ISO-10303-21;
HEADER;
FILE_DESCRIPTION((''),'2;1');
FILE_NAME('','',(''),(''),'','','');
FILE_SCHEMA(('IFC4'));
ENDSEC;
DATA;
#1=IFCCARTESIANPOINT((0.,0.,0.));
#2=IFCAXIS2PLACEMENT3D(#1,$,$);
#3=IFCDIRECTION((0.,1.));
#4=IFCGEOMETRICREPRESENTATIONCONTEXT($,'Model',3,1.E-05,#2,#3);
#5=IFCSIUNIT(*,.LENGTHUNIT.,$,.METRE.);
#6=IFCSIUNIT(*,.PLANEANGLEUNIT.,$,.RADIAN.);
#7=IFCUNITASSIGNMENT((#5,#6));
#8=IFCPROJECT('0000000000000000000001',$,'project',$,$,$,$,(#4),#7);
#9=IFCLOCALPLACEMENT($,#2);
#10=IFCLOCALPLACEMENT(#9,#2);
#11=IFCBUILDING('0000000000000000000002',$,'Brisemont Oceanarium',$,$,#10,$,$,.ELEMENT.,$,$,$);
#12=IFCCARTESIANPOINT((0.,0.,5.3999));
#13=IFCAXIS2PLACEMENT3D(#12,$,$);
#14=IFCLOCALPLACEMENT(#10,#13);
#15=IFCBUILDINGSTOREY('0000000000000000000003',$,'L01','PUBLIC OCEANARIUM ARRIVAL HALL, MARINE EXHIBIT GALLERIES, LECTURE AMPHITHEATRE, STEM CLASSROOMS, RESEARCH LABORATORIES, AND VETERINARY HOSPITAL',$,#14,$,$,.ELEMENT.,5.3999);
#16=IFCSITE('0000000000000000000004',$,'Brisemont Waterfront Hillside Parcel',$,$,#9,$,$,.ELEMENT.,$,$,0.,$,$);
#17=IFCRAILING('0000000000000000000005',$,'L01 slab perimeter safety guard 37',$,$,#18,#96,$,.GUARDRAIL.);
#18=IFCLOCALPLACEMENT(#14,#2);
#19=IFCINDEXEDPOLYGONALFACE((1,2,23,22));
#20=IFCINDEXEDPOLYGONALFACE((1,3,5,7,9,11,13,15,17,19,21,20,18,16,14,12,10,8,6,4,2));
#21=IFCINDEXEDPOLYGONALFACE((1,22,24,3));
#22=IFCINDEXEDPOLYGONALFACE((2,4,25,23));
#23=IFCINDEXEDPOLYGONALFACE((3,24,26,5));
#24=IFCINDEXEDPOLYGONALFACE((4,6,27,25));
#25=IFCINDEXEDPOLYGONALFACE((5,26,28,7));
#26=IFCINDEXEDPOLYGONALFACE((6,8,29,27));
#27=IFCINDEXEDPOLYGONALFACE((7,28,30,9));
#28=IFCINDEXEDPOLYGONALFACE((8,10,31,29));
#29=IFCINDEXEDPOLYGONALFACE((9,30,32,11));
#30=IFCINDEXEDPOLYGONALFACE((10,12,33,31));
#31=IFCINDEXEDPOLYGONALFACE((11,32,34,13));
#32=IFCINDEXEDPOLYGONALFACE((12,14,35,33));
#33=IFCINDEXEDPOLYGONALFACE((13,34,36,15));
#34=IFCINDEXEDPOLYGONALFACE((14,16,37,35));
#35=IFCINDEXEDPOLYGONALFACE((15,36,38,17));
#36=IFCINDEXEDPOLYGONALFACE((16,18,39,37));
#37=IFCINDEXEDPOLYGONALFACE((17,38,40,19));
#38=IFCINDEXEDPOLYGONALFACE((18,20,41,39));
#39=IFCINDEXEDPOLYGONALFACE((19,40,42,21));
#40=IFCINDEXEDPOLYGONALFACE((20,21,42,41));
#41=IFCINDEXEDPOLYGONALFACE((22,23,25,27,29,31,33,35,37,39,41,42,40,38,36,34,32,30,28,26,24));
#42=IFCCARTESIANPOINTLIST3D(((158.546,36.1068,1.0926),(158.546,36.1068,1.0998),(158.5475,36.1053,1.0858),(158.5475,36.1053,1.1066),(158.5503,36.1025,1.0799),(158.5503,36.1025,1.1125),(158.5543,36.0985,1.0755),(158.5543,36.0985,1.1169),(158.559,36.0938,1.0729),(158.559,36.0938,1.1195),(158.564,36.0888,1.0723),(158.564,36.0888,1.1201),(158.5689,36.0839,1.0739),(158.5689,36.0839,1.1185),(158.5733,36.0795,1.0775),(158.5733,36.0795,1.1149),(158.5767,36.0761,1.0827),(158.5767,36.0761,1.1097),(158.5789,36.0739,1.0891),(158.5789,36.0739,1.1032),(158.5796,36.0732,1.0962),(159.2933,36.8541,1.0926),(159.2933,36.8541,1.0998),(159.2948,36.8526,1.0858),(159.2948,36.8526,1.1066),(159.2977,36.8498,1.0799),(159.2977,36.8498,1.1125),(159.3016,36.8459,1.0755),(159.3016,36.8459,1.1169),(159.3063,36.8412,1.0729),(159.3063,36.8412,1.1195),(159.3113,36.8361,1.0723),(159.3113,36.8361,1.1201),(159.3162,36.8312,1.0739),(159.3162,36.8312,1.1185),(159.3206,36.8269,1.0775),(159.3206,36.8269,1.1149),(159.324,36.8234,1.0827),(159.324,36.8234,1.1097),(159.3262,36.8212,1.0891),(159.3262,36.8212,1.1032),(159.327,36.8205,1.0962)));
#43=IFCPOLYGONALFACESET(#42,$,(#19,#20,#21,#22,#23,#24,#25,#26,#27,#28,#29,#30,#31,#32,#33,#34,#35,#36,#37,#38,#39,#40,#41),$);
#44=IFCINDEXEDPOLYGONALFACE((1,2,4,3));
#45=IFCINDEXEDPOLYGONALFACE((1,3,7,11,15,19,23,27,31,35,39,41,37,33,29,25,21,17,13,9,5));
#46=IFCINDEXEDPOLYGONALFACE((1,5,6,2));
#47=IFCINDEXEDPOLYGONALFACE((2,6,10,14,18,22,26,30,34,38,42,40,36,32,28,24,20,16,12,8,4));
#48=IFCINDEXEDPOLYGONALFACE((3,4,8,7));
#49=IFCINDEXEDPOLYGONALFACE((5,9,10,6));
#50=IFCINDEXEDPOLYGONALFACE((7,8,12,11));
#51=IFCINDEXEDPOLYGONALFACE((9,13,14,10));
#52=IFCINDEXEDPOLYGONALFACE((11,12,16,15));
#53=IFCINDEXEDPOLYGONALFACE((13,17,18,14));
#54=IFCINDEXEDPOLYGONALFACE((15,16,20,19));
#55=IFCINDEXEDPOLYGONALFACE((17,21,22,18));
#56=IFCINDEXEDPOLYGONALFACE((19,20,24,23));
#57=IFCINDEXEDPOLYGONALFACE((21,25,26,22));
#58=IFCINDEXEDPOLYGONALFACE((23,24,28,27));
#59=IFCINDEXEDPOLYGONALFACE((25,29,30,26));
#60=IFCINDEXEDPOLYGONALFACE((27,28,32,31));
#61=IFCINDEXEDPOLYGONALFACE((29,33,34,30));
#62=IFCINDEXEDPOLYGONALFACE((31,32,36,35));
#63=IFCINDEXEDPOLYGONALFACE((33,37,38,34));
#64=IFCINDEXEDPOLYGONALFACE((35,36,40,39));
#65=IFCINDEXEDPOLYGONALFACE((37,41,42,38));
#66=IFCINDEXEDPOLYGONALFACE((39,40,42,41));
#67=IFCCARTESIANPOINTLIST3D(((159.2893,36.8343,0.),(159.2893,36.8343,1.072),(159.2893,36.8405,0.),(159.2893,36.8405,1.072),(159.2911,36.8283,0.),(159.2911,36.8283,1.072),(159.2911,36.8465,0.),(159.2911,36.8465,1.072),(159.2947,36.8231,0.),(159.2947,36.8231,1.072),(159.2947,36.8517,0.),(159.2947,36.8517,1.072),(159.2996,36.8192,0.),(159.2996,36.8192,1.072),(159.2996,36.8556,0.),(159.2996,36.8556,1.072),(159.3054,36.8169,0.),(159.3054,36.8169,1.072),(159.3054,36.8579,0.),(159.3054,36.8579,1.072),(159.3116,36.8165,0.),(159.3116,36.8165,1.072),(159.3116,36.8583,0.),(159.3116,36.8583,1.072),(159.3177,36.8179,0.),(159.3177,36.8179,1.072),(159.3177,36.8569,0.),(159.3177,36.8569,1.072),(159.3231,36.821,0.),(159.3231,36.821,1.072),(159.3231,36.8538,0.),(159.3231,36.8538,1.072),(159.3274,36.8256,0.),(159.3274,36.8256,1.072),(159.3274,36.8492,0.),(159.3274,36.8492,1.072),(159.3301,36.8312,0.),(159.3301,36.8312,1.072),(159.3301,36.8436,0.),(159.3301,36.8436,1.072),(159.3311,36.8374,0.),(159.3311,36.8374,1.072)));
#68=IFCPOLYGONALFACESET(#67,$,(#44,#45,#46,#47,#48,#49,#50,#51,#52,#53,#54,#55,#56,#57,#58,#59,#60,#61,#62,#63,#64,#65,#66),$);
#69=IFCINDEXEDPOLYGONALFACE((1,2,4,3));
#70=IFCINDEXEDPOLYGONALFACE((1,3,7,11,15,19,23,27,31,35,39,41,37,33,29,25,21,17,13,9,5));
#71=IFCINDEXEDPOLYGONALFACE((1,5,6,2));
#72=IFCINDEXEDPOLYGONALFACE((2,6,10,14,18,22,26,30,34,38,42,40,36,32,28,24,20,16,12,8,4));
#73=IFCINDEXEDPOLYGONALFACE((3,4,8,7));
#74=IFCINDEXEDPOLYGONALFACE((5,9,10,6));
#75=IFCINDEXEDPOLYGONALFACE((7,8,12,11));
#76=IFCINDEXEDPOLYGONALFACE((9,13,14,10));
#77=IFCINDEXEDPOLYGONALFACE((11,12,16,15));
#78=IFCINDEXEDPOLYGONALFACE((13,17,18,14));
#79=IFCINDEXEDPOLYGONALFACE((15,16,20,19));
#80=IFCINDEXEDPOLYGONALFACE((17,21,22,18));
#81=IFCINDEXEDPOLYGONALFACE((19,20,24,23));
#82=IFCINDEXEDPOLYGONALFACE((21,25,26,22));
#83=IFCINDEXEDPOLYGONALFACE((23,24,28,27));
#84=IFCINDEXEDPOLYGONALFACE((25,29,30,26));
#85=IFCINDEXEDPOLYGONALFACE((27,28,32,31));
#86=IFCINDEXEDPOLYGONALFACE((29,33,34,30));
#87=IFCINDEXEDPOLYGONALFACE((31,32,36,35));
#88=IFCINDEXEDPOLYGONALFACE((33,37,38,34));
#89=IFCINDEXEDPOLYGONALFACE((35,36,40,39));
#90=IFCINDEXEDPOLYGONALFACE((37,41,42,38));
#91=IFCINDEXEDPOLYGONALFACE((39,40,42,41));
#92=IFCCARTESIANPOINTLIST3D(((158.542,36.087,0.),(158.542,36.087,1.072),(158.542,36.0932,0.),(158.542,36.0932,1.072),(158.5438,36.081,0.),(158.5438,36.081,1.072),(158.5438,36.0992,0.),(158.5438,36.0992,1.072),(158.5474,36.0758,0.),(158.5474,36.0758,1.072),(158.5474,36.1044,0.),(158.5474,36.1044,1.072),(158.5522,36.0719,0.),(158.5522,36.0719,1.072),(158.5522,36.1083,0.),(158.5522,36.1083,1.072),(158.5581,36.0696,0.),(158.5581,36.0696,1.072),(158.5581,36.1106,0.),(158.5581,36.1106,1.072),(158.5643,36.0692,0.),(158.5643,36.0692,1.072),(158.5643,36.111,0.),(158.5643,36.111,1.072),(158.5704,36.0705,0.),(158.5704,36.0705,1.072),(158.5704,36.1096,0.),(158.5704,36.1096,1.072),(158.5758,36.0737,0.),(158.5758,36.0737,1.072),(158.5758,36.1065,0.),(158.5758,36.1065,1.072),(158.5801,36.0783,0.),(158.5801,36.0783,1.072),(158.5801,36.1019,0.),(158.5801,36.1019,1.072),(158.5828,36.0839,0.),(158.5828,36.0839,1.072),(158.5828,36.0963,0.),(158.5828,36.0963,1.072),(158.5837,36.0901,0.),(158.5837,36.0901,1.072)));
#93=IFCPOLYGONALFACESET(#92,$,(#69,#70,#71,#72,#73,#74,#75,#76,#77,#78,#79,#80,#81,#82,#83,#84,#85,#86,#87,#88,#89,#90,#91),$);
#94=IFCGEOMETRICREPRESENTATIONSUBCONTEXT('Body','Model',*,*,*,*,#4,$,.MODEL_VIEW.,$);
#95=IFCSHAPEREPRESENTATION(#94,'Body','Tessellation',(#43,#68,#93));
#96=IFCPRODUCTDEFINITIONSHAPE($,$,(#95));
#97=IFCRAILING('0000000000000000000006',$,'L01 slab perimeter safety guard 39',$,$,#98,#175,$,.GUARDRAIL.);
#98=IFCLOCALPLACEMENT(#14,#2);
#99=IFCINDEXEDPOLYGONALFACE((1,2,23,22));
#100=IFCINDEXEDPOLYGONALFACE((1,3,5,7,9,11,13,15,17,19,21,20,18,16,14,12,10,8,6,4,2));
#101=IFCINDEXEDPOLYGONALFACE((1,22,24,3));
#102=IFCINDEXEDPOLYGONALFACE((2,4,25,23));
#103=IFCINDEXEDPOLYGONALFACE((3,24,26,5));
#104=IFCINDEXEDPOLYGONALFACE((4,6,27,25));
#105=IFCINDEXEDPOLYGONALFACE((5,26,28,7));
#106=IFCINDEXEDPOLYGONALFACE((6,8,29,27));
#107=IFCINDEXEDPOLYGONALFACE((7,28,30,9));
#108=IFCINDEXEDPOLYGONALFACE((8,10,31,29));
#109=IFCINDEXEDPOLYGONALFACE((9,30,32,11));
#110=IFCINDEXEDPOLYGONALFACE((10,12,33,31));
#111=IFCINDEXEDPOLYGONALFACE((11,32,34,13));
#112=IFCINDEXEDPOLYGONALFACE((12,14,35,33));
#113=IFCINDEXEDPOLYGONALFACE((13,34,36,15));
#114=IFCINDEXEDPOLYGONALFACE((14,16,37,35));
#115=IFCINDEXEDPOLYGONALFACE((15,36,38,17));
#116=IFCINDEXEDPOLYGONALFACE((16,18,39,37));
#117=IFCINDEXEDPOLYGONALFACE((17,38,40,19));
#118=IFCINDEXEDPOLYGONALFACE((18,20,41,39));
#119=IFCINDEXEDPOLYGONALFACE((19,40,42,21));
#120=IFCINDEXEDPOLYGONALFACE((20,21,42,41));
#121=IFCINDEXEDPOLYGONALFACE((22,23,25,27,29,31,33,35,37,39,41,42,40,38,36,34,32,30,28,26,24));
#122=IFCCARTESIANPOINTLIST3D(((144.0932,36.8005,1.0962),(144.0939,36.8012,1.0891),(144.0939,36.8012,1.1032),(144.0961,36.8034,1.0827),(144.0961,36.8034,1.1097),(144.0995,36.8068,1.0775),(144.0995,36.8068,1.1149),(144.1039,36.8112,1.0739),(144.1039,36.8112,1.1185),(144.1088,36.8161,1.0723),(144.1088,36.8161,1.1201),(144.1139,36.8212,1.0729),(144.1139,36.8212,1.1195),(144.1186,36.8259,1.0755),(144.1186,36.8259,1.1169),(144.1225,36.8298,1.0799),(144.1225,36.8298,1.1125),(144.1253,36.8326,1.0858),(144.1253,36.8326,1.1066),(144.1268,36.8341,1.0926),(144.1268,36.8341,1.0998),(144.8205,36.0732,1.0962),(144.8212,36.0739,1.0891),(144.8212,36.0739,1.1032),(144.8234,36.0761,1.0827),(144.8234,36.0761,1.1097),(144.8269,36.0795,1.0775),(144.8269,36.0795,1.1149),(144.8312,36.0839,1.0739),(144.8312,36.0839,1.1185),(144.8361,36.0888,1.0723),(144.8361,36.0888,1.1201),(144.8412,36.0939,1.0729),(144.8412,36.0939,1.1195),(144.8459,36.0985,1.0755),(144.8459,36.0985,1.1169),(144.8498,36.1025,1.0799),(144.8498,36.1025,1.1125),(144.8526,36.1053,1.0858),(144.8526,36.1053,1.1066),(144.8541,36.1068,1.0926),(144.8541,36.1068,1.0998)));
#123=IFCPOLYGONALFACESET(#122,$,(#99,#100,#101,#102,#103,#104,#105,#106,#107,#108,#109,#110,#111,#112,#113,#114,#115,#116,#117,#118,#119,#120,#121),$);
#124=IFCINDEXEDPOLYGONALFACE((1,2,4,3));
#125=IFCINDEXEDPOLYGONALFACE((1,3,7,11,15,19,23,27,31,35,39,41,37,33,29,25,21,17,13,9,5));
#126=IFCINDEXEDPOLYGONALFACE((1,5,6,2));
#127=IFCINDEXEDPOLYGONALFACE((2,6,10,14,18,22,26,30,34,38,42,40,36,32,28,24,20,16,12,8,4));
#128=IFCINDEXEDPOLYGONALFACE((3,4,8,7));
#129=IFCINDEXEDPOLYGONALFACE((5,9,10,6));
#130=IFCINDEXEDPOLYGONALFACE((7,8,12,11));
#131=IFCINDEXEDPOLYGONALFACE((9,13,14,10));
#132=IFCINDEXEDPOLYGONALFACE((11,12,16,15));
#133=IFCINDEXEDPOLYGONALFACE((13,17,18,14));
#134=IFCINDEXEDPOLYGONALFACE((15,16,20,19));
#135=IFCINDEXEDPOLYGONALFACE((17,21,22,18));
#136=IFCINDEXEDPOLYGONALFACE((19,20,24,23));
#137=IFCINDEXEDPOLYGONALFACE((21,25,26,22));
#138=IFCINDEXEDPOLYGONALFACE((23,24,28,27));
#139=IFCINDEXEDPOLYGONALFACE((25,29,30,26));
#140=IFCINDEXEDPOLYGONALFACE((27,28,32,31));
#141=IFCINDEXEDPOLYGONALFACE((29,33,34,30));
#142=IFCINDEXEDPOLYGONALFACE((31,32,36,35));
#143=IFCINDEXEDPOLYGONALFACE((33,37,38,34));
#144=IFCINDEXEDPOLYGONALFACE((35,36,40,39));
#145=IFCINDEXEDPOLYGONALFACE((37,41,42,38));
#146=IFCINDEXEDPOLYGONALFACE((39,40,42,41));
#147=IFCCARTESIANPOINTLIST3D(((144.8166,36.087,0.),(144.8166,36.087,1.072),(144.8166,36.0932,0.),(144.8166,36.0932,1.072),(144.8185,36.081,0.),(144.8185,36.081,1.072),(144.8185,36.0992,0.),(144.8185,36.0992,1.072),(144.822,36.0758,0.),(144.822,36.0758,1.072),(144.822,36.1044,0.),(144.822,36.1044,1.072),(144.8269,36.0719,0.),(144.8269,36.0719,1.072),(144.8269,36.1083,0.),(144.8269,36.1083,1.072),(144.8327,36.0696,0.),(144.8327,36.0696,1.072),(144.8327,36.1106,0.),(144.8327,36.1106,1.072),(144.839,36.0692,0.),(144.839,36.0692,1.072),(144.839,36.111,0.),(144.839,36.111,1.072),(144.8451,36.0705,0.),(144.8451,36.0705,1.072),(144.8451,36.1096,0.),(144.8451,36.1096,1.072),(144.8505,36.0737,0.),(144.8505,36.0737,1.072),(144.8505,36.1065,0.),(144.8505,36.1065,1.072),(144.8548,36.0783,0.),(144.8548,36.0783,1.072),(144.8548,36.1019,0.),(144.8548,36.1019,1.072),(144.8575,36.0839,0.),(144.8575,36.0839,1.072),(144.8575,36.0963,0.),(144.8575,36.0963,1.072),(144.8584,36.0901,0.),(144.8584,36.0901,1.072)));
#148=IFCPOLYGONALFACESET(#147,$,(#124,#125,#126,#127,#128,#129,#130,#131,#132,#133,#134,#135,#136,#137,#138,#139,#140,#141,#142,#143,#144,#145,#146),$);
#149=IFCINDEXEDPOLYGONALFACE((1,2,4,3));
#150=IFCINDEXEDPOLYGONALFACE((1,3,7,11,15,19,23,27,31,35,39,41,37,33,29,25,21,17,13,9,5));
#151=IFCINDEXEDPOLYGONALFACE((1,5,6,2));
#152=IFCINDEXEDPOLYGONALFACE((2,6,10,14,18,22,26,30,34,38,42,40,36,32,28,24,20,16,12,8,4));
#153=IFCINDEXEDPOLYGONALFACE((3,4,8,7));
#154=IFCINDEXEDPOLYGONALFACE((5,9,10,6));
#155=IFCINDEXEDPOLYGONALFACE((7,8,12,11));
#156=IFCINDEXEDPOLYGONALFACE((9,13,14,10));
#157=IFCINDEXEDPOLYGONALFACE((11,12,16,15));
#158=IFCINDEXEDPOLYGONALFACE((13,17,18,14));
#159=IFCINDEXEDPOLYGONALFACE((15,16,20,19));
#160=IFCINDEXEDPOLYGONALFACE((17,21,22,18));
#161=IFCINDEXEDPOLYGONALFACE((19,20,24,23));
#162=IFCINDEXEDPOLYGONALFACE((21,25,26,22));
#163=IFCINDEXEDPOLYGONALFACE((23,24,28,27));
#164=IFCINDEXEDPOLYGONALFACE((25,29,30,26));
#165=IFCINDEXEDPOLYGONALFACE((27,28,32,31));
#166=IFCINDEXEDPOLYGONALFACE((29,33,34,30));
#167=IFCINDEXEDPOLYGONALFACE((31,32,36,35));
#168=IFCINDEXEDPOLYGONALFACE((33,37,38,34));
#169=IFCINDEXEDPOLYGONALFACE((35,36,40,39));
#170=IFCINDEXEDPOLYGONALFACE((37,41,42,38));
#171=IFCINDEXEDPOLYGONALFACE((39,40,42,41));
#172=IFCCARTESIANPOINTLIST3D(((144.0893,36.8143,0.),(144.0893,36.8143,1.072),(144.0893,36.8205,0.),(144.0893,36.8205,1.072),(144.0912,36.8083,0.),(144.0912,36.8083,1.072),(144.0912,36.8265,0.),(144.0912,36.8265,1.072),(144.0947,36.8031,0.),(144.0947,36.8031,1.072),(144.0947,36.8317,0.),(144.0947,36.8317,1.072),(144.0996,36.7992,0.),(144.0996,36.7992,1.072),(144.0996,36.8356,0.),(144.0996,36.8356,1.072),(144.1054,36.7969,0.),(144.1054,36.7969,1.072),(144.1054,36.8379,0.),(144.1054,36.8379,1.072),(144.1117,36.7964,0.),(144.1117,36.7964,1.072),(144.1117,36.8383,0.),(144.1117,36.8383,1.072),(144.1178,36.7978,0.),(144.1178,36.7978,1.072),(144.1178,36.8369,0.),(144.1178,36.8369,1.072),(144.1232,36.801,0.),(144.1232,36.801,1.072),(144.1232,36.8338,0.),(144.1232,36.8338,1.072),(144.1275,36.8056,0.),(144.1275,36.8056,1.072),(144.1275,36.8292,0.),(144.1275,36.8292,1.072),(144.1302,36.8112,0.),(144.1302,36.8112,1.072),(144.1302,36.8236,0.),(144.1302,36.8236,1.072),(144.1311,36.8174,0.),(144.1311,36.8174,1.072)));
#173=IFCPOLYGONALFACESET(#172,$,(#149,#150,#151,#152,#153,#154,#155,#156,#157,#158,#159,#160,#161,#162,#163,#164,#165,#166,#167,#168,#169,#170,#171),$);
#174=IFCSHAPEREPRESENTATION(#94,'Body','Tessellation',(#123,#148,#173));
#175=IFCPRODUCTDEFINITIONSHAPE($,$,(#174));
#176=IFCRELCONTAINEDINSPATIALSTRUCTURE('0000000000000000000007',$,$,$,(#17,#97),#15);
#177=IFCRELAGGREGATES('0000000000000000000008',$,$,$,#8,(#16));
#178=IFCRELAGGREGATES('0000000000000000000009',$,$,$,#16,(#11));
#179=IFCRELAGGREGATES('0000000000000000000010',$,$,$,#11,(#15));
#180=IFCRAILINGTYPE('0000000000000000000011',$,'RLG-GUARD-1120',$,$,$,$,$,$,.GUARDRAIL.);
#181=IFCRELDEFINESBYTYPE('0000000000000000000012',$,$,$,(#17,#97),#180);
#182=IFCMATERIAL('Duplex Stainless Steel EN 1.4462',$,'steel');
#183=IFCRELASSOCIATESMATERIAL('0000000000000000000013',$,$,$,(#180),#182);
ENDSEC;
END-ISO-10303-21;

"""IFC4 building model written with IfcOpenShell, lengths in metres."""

from ifc_helpers import new_model, si_unit, direction, frame, origin, origin_2d, place, context, subcontext, project, spatial, circle, extrude, material, type_object, element, save


model = new_model("IFC4")

# Units and contexts
model_context = context("Model", 3, precision=1e-05, world=origin(), true_north=direction((0.0, 1.0)))
body_context = subcontext(model_context, "Body", "Model", "MODEL_VIEW")
ifc_project = project(units=[si_unit("LENGTHUNIT", "METRE"), si_unit("PLANEANGLEUNIT", "RADIAN")], contexts=[model_context])

# Site, building, storey
site_placement = place(None, origin())
site = spatial("IfcSite", under=ifc_project, at=site_placement, Name="Brisemont Waterfront Hillside Parcel", CompositionType="ELEMENT", RefElevation=0.0)
building_placement = place(site_placement, origin())
building = spatial("IfcBuilding", under=site, at=building_placement, Name="Brisemont Oceanarium", CompositionType="ELEMENT")
storey_placement = place(building_placement, frame((0.0, 0.0, 5.3999)))
storey = spatial("IfcBuildingStorey", under=building, at=storey_placement, Name="L01", Description="PUBLIC OCEANARIUM ARRIVAL HALL, MARINE EXHIBIT GALLERIES, LECTURE AMPHITHEATRE, STEM CLASSROOMS, RESEARCH LABORATORIES, AND VETERINARY HOSPITAL", CompositionType="ELEMENT", Elevation=5.3999)

# Railings
ifc_material_1 = material(Name="Duplex Stainless Steel EN 1.4462", Category="steel")
railing_type_1 = type_object("IfcRailingType", Name="RLG-GUARD-1120", PredefinedType="GUARDRAIL", material=ifc_material_1)
railing_1_placement = place(storey_placement, frame((159.3101, 36.8374, 0.0)))
element("IfcRailing", 1, at=railing_1_placement, inside=storey, type_object=railing_type_1, Name="L01 slab perimeter safety guard 37", PredefinedType="GUARDRAIL", context=body_context, shape_type="SweptSolid", body=[
    extrude(circle(Radius=0.0239, at=origin_2d()), frame((0.0, 0.0, 1.0962), z_axis=(-0.707107, -0.707107, 0.0), x_axis=(0.707107, -0.707107, 0.0)), (0.0, 0.0, 1.0), 1.0569),
    extrude(circle(Radius=0.021, at=origin_2d()), origin(), (0.0, 0.0, 1.0), 1.072),
    extrude(circle(Radius=0.021, at=origin_2d()), frame((-0.7473, -0.7473, 0.0)), (0.0, 0.0, 1.0), 1.072),
])
railing_2_placement = place(storey_placement, frame((144.8374, 36.0901, 0.0)))
element("IfcRailing", 2, at=railing_2_placement, inside=storey, type_object=railing_type_1, Name="L01 slab perimeter safety guard 39", PredefinedType="GUARDRAIL", context=body_context, shape_type="SweptSolid", body=[
    extrude(circle(Radius=0.0239, at=origin_2d()), frame((0.0, 0.0, 1.0962), z_axis=(-0.707107, 0.707107, 0.0), x_axis=(-0.707107, -0.707107, 0.0)), (0.0, 0.0, 1.0), 1.0286),
    extrude(circle(Radius=0.021, at=origin_2d()), origin(), (0.0, 0.0, 1.0), 1.072),
    extrude(circle(Radius=0.021, at=origin_2d()), frame((-0.7273, 0.7273, 0.0)), (0.0, 0.0, 1.0), 1.072),
])

save(model, "model.ifc")
